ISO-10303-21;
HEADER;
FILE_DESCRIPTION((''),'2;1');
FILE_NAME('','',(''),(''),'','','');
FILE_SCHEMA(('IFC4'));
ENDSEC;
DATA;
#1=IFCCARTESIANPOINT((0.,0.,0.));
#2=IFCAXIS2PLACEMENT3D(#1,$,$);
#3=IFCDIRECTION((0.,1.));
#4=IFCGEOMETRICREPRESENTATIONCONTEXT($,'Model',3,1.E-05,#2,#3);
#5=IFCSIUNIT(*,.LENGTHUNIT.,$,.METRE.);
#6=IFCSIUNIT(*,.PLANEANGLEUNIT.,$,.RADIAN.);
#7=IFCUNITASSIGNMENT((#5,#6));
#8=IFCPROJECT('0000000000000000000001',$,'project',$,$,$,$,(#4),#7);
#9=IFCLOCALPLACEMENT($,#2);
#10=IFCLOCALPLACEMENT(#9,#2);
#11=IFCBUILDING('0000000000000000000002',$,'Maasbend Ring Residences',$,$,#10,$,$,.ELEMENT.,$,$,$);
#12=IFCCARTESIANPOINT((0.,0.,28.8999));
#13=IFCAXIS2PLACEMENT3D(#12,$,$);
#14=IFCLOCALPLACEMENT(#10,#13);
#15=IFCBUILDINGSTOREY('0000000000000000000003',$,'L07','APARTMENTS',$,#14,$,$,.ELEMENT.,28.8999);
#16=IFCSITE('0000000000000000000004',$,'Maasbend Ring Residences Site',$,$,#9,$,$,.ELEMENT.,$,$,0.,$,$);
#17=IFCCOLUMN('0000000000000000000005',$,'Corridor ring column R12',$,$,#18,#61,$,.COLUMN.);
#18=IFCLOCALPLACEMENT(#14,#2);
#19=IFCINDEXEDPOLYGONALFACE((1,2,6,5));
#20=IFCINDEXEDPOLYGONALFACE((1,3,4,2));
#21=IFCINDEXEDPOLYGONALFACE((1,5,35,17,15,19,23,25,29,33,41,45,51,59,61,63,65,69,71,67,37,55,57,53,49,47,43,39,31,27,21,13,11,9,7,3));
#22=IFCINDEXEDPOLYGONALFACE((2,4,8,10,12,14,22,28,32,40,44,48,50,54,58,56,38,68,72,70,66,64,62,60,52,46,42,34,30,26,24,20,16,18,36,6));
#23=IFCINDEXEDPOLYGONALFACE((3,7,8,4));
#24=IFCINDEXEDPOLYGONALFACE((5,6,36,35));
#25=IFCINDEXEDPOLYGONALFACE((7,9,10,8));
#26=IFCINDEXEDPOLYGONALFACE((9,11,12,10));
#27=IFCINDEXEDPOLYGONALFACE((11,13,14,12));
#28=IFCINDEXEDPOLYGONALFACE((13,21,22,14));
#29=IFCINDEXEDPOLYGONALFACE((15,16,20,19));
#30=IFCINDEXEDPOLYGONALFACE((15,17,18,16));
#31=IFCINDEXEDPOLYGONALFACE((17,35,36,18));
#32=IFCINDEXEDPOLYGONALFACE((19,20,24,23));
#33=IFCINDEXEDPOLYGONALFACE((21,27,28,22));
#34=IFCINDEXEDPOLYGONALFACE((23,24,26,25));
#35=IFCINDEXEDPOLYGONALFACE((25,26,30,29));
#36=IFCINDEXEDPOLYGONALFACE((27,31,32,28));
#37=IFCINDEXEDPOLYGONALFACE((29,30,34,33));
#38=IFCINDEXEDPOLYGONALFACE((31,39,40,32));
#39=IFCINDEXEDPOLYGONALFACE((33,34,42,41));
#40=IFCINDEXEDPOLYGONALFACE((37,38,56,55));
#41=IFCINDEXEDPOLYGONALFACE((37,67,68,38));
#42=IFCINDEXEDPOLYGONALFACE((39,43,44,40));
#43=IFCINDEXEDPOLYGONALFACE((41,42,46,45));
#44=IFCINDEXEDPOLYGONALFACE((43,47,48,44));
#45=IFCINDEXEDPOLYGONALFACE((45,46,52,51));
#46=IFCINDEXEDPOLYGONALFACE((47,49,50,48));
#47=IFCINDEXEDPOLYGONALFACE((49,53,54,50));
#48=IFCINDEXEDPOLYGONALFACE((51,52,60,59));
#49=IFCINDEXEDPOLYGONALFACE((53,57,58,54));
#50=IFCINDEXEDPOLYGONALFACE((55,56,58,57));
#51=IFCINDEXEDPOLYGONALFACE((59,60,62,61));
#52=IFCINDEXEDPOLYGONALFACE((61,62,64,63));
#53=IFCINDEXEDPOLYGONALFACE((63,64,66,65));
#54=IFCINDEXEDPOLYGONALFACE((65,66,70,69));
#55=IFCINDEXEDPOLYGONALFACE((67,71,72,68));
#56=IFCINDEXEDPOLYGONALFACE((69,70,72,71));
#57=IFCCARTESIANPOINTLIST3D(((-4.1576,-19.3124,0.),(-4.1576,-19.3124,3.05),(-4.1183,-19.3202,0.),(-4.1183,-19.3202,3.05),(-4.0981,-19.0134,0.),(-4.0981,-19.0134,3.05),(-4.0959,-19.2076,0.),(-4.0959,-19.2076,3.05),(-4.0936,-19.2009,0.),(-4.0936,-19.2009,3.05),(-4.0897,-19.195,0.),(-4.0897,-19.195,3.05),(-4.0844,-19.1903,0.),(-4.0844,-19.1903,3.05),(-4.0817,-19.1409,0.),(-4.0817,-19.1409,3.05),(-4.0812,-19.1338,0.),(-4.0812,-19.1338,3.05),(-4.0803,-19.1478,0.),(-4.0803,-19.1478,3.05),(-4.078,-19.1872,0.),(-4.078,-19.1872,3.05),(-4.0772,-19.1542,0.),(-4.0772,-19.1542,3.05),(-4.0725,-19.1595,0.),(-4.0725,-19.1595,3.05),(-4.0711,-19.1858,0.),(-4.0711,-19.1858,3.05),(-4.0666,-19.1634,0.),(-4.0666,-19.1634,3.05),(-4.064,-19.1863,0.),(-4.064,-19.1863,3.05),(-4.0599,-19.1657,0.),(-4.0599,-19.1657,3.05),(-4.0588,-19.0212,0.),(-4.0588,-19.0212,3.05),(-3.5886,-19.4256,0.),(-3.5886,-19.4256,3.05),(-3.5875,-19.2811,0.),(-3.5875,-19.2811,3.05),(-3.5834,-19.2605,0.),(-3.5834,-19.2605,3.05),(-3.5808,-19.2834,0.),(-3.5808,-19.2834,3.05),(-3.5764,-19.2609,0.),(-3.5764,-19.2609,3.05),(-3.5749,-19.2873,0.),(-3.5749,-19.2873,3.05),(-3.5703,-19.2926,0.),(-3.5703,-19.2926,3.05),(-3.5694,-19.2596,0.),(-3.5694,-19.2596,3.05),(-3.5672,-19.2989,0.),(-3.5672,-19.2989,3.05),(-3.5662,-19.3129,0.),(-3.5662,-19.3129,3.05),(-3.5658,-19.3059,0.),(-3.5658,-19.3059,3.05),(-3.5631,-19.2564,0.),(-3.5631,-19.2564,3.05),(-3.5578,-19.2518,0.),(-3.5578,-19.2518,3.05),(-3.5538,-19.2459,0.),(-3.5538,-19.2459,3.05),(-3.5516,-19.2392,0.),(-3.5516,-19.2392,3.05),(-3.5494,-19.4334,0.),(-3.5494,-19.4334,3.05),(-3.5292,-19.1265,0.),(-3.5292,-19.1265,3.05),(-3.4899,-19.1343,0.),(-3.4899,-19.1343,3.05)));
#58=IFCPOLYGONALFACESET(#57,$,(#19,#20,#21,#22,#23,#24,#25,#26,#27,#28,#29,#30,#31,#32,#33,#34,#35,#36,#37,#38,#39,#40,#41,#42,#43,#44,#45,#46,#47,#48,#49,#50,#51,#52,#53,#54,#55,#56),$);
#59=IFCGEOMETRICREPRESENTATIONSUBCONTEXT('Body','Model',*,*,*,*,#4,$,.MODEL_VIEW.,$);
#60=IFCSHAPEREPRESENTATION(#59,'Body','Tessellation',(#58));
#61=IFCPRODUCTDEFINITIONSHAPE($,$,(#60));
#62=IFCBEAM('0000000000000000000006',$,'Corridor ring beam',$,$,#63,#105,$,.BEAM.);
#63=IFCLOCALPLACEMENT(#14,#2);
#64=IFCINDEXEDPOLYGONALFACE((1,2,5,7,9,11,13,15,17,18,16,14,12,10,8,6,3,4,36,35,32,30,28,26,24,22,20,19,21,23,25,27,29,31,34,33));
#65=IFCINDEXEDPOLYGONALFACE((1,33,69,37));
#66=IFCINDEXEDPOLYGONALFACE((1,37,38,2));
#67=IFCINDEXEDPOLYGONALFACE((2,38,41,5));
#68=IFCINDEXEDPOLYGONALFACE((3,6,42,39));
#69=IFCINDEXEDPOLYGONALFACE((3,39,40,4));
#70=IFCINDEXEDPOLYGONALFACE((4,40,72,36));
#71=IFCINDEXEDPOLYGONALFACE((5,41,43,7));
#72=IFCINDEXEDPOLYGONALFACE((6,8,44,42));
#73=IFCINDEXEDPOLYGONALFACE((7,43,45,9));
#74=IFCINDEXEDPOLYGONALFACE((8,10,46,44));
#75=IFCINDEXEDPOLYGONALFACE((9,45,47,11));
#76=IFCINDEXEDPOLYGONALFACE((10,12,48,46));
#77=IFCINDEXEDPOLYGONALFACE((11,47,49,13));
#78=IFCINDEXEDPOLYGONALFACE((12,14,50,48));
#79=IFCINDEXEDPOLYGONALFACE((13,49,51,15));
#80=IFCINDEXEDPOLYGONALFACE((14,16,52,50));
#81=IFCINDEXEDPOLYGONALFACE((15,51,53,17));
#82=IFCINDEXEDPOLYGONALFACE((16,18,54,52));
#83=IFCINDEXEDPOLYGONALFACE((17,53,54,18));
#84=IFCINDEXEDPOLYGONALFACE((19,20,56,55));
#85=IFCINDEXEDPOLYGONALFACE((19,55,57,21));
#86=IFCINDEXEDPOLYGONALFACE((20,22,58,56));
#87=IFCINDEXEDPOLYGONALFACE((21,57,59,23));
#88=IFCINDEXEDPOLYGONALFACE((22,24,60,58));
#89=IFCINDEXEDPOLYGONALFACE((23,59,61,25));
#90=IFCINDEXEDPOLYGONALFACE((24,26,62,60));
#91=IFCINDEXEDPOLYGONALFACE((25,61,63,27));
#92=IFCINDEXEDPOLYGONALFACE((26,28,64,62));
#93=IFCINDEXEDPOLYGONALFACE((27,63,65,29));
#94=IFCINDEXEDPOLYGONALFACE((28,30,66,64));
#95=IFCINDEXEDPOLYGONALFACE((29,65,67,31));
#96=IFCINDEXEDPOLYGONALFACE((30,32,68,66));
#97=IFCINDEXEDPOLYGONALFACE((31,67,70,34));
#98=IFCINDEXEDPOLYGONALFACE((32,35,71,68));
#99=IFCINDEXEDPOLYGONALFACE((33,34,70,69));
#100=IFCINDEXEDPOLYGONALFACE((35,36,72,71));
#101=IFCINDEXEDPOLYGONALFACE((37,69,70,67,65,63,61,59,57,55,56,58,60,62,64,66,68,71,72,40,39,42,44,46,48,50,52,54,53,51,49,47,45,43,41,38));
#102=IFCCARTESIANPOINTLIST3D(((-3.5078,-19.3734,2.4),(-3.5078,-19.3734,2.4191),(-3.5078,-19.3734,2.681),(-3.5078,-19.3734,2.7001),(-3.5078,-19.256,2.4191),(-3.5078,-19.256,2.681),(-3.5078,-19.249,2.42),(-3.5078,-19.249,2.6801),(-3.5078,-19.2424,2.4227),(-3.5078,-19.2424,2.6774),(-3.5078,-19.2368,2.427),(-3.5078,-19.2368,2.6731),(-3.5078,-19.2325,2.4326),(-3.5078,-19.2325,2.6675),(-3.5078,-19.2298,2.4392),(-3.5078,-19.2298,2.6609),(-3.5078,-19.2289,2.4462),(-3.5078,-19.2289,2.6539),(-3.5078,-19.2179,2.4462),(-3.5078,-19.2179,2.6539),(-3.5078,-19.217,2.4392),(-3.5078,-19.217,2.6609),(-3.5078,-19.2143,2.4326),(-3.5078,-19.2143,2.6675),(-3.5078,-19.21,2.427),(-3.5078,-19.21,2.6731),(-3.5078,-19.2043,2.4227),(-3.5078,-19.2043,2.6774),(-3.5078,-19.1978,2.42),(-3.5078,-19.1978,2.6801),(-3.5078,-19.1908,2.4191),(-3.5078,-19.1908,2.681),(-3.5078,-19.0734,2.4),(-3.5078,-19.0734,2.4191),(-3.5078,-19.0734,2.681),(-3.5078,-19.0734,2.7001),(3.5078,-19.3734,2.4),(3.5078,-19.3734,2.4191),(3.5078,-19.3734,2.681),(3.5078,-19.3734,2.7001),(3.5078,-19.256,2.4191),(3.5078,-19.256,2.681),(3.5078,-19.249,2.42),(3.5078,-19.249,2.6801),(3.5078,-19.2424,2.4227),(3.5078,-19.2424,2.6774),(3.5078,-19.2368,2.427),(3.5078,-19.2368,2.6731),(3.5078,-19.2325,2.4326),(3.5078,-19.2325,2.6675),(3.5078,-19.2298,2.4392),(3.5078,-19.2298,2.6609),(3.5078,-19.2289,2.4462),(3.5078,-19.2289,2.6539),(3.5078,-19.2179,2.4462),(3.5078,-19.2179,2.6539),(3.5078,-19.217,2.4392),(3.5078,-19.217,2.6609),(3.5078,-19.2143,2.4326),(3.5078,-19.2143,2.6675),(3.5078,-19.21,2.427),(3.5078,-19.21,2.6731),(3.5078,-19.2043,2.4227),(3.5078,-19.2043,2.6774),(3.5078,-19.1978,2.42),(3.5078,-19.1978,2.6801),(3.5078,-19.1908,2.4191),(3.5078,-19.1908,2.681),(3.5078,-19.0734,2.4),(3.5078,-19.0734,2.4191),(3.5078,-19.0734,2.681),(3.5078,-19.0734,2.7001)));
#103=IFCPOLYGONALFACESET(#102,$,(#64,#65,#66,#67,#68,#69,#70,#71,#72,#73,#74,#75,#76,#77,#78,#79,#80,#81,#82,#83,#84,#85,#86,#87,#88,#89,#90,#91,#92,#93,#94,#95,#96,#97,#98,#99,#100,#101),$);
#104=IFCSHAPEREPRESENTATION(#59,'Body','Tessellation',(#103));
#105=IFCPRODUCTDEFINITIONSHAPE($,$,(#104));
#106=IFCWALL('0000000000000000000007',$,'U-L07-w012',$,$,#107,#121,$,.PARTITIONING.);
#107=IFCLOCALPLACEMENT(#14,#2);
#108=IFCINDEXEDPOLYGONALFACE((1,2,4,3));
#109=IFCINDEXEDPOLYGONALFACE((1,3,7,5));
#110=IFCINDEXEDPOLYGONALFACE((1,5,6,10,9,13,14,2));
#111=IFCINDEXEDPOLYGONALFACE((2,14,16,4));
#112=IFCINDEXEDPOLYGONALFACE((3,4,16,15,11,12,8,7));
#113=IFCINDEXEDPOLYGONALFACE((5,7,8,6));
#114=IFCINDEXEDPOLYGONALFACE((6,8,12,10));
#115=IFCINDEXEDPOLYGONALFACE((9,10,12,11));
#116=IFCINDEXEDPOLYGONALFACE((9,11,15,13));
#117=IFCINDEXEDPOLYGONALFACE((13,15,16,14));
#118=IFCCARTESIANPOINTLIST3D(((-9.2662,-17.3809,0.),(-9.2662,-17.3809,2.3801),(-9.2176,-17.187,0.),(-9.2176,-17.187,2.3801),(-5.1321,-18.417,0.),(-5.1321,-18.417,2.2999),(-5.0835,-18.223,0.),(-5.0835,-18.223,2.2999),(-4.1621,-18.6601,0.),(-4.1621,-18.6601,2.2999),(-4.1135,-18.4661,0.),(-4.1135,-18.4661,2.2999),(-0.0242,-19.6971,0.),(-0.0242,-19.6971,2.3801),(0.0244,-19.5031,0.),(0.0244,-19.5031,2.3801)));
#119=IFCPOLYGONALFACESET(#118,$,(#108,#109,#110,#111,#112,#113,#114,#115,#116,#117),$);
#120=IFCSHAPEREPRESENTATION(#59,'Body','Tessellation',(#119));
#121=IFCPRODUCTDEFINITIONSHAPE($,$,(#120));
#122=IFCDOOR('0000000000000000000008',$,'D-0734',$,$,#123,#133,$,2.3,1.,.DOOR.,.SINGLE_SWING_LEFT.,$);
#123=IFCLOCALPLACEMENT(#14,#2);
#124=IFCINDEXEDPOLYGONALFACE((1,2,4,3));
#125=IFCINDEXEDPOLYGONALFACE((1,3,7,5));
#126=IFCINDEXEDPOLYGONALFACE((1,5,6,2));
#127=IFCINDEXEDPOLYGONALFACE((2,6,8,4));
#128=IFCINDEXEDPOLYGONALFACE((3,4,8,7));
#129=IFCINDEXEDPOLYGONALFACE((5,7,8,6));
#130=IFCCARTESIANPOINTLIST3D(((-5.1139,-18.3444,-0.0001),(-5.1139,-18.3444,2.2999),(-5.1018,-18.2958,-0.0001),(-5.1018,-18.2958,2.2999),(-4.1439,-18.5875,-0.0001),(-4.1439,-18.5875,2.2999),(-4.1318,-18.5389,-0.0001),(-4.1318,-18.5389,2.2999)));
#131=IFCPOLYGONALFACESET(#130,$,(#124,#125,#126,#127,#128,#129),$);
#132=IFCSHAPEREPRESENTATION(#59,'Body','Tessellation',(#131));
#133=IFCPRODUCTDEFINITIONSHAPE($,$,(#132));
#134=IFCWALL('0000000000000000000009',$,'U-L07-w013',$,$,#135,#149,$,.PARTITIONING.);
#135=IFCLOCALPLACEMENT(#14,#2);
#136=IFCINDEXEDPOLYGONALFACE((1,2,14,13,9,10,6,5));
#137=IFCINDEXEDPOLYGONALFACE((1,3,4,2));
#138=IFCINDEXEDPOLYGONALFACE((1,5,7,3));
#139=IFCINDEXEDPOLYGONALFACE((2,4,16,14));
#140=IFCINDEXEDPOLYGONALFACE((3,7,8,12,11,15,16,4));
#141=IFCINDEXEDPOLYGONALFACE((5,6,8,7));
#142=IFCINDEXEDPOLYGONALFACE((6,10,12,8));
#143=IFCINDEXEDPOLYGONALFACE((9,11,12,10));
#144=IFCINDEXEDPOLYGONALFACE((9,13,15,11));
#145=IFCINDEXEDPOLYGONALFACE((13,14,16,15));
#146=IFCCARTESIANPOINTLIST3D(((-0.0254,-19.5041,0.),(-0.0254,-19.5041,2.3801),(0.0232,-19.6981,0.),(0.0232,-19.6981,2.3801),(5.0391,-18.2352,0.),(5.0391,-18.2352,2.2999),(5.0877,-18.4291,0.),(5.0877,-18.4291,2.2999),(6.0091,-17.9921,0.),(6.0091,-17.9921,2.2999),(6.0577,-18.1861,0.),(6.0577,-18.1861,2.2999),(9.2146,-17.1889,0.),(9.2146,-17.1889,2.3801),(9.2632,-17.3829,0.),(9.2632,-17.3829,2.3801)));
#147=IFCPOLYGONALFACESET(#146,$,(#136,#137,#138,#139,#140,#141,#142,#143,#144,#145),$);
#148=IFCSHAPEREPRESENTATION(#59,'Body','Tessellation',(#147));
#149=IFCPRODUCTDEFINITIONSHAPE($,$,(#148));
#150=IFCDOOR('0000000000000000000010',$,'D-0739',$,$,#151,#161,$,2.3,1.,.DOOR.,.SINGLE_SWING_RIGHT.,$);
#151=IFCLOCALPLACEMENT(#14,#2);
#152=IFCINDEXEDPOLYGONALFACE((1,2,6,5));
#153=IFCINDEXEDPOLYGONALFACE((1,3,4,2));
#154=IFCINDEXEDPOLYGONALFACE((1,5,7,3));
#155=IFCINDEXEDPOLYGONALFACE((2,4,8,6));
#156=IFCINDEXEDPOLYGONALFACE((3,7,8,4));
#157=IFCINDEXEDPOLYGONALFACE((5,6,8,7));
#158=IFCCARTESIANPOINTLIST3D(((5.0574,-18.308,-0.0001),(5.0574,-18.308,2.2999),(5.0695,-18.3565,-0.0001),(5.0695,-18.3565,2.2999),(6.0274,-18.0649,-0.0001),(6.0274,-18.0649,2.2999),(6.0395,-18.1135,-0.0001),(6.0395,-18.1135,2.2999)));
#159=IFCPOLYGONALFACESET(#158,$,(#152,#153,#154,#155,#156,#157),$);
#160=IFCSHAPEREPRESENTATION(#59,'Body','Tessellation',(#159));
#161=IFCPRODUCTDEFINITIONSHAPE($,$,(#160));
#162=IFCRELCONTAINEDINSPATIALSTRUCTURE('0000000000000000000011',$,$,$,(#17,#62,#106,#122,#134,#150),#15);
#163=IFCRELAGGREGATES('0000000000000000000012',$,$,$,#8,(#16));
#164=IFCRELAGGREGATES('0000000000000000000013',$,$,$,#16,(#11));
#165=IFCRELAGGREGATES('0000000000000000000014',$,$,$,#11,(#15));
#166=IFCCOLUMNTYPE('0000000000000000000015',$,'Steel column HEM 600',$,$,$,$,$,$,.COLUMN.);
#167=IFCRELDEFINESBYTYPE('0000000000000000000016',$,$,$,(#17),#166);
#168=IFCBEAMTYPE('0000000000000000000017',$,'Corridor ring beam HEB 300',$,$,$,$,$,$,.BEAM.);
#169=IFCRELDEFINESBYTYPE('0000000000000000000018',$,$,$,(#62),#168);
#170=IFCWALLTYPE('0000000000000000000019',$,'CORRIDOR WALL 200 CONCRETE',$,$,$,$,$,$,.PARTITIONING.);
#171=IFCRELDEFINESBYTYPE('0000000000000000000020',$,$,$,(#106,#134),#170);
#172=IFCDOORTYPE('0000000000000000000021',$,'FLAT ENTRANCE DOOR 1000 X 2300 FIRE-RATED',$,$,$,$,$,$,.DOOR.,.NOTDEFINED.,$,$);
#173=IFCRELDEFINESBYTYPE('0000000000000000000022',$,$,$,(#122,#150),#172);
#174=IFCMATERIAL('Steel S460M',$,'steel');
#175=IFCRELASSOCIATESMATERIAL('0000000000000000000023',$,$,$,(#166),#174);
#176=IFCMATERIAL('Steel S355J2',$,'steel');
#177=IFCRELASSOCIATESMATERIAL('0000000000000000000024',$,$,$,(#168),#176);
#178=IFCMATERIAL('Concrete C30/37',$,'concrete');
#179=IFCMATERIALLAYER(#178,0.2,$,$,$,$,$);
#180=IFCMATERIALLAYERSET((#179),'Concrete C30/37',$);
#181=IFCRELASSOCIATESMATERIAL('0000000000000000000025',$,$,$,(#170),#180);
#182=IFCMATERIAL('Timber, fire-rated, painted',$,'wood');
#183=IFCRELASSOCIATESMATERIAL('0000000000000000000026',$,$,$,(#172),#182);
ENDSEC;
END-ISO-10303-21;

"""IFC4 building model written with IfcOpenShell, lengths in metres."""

from ifc_helpers import new_model, si_unit, direction, frame, frame_2d, origin, origin_2d, place, context, subcontext, project, spatial, rectangle, i_section, extrude, material, layer, layer_set, material_profile, profile_set, type_object, element, fill, save


model = new_model("IFC4")

# Units and contexts
model_context = context("Model", 3, precision=1e-05, world=origin(), true_north=direction((0.0, 1.0)))
body_context = subcontext(model_context, "Body", "Model", "MODEL_VIEW")
ifc_project = project(units=[si_unit("LENGTHUNIT", "METRE"), si_unit("PLANEANGLEUNIT", "RADIAN")], contexts=[model_context])

# Site, building, storey
site_placement = place(None, origin())
site = spatial("IfcSite", under=ifc_project, at=site_placement, Name="Maasbend Ring Residences Site", CompositionType="ELEMENT", RefElevation=0.0)
building_placement = place(site_placement, origin())
building = spatial("IfcBuilding", under=site, at=building_placement, Name="Maasbend Ring Residences", CompositionType="ELEMENT")
storey_placement = place(building_placement, frame((0.0, 0.0, 28.8999)))
storey = spatial("IfcBuildingStorey", under=building, at=storey_placement, Name="L07", Description="APARTMENTS", CompositionType="ELEMENT", Elevation=28.8999)

# Column
ifc_material_1 = material(Name="Steel S460M", Category="steel")
ifc_material_profile_1 = material_profile(ifc_material_1, i_section(OverallWidth=0.3049, OverallDepth=0.6201, WebThickness=0.021, FlangeThickness=0.04, FilletRadius=0.0271, at=origin_2d()), Name="HEM 600")
ifc_profile_set_1 = profile_set([ifc_material_profile_1], Name="Steel S460M")
column_type = type_object("IfcColumnType", Name="Steel column HEM 600", PredefinedType="COLUMN", material=ifc_profile_set_1)
column_placement = place(storey_placement, frame((-3.8237, -19.2234, 0.0), z_axis=(0.0, 0.0, 1.0), x_axis=(-0.19509, -0.980785, 0.0)))
element("IfcColumn", 1, at=column_placement, inside=storey, type_object=column_type, Name="Corridor ring column R12", PredefinedType="COLUMN", context=body_context, shape_type="SweptSolid", body=[
    extrude(i_section(OverallWidth=0.3049, OverallDepth=0.6201, WebThickness=0.021, FlangeThickness=0.04, FilletRadius=0.0271, at=origin_2d()), origin(), (0.0, 0.0, 1.0), 3.05),
])

# Beam
ifc_material_2 = material(Name="Steel S355J2", Category="steel")
ifc_material_profile_2 = material_profile(ifc_material_2, i_section(OverallWidth=0.3, OverallDepth=0.3, WebThickness=0.011, FlangeThickness=0.019, FilletRadius=0.0271, at=origin_2d()), Name="HEB 300")
ifc_profile_set_2 = profile_set([ifc_material_profile_2], Name="Steel S355J2")
beam_type = type_object("IfcBeamType", Name="Corridor ring beam HEB 300", PredefinedType="BEAM", material=ifc_profile_set_2)
beam_placement = place(storey_placement, frame((-3.5078, -19.2234, 2.55), z_axis=(1.0, 0.0, 0.0), x_axis=(0.0, 1.0, 0.0)))
element("IfcBeam", 2, at=beam_placement, inside=storey, type_object=beam_type, Name="Corridor ring beam", PredefinedType="BEAM", context=body_context, shape_type="SweptSolid", body=[
    extrude(i_section(OverallWidth=0.3, OverallDepth=0.3, WebThickness=0.011, FlangeThickness=0.019, FilletRadius=0.0271, at=origin_2d()), origin(), (0.0, 0.0, 1.0), 7.0156),
])

# Walls, openings, doors
ifc_material_3 = material(Name="Concrete C30/37", Category="concrete")
ifc_layer_1 = layer(ifc_material_3, 0.2)
ifc_layer_set_1 = layer_set([ifc_layer_1], Name="Concrete C30/37")
wall_type_1 = type_object("IfcWallType", Name="CORRIDOR WALL 200 CONCRETE", PredefinedType="PARTITIONING", material=ifc_layer_set_1)
wall_1_placement = place(storey_placement, frame((-9.2419, -17.2839, 0.0), z_axis=(0.0, 0.0, 1.0), x_axis=(0.970002, -0.243096, 0.0)))
wall_1 = element("IfcWall", 3, at=wall_1_placement, inside=storey, type_object=wall_type_1, Name="U-L07-w012", PredefinedType="PARTITIONING", context=body_context, shape_type="SweptSolid", body=[
    extrude(rectangle(XDim=9.5278, YDim=0.2, at=frame_2d((4.7639, 0.0))), origin(), (0.0, 0.0, 1.0), 2.3801),
])
opening_1_placement = place(wall_1_placement, frame((4.262, 0.0, 0.0)))
opening_1 = element("IfcOpeningElement", 4, at=opening_1_placement, cuts=wall_1, PredefinedType="OPENING", context=body_context, shape_type="SweptSolid", body=[
    extrude(rectangle(XDim=1.0, YDim=2.3, at=frame_2d((0.5, 1.1499))), frame((0.0, 0.1099, 0.0), z_axis=(0.0, -1.0, 0.0), x_axis=(1.0, 0.0, 0.0)), (0.0, 0.0, 1.0), 0.22),
])
ifc_material_4 = material(Name="Timber, fire-rated, painted", Category="wood")
door_type_1 = type_object("IfcDoorType", Name="FLAT ENTRANCE DOOR 1000 X 2300 FIRE-RATED", OperationType="NOTDEFINED", PredefinedType="DOOR", material=ifc_material_4)
door_1_placement = place(opening_1_placement, origin())
door_1 = element("IfcDoor", 5, at=door_1_placement, inside=storey, type_object=door_type_1, Name="D-0734", OperationType="SINGLE_SWING_LEFT", OverallHeight=2.3, OverallWidth=1.0, PredefinedType="DOOR", context=body_context, shape_type="SweptSolid", body=[
    extrude(rectangle(XDim=1.0, YDim=2.3, at=frame_2d((0.5, 1.1499))), frame((0.0, 0.0249, 0.0), z_axis=(0.0, -1.0, 0.0), x_axis=(1.0, 0.0, 0.0)), (0.0, 0.0, 1.0), 0.05),
])
fill(opening_1, door_1)
wall_2_placement = place(storey_placement, frame((-0.001, -19.6011, 0.0), z_axis=(0.0, 0.0, 1.0), x_axis=(0.970014, 0.243048, 0.0)))
wall_2 = element("IfcWall", 6, at=wall_2_placement, inside=storey, type_object=wall_type_1, Name="U-L07-w013", PredefinedType="PARTITIONING", context=body_context, shape_type="SweptSolid", body=[
    extrude(rectangle(XDim=9.5256, YDim=0.2, at=frame_2d((4.7627, 0.0))), origin(), (0.0, 0.0, 1.0), 2.3801),
])
opening_2_placement = place(wall_2_placement, frame((5.2209, 0.0, 0.0)))
opening_2 = element("IfcOpeningElement", 7, at=opening_2_placement, cuts=wall_2, PredefinedType="OPENING", context=body_context, shape_type="SweptSolid", body=[
    extrude(rectangle(XDim=1.0, YDim=2.3, at=frame_2d((0.5, 1.1499))), frame((0.0, 0.1099, 0.0), z_axis=(0.0, -1.0, 0.0), x_axis=(1.0, 0.0, 0.0)), (0.0, 0.0, 1.0), 0.22),
])
door_2_placement = place(opening_2_placement, origin())
door_2 = element("IfcDoor", 8, at=door_2_placement, inside=storey, type_object=door_type_1, Name="D-0739", OperationType="SINGLE_SWING_RIGHT", OverallHeight=2.3, OverallWidth=1.0, PredefinedType="DOOR", context=body_context, shape_type="SweptSolid", body=[
    extrude(rectangle(XDim=1.0, YDim=2.3, at=frame_2d((0.5, 1.1499))), frame((0.0, 0.0249, 0.0), z_axis=(0.0, -1.0, 0.0), x_axis=(1.0, 0.0, 0.0)), (0.0, 0.0, 1.0), 0.05),
])
fill(opening_2, door_2)

save(model, "model.ifc")
